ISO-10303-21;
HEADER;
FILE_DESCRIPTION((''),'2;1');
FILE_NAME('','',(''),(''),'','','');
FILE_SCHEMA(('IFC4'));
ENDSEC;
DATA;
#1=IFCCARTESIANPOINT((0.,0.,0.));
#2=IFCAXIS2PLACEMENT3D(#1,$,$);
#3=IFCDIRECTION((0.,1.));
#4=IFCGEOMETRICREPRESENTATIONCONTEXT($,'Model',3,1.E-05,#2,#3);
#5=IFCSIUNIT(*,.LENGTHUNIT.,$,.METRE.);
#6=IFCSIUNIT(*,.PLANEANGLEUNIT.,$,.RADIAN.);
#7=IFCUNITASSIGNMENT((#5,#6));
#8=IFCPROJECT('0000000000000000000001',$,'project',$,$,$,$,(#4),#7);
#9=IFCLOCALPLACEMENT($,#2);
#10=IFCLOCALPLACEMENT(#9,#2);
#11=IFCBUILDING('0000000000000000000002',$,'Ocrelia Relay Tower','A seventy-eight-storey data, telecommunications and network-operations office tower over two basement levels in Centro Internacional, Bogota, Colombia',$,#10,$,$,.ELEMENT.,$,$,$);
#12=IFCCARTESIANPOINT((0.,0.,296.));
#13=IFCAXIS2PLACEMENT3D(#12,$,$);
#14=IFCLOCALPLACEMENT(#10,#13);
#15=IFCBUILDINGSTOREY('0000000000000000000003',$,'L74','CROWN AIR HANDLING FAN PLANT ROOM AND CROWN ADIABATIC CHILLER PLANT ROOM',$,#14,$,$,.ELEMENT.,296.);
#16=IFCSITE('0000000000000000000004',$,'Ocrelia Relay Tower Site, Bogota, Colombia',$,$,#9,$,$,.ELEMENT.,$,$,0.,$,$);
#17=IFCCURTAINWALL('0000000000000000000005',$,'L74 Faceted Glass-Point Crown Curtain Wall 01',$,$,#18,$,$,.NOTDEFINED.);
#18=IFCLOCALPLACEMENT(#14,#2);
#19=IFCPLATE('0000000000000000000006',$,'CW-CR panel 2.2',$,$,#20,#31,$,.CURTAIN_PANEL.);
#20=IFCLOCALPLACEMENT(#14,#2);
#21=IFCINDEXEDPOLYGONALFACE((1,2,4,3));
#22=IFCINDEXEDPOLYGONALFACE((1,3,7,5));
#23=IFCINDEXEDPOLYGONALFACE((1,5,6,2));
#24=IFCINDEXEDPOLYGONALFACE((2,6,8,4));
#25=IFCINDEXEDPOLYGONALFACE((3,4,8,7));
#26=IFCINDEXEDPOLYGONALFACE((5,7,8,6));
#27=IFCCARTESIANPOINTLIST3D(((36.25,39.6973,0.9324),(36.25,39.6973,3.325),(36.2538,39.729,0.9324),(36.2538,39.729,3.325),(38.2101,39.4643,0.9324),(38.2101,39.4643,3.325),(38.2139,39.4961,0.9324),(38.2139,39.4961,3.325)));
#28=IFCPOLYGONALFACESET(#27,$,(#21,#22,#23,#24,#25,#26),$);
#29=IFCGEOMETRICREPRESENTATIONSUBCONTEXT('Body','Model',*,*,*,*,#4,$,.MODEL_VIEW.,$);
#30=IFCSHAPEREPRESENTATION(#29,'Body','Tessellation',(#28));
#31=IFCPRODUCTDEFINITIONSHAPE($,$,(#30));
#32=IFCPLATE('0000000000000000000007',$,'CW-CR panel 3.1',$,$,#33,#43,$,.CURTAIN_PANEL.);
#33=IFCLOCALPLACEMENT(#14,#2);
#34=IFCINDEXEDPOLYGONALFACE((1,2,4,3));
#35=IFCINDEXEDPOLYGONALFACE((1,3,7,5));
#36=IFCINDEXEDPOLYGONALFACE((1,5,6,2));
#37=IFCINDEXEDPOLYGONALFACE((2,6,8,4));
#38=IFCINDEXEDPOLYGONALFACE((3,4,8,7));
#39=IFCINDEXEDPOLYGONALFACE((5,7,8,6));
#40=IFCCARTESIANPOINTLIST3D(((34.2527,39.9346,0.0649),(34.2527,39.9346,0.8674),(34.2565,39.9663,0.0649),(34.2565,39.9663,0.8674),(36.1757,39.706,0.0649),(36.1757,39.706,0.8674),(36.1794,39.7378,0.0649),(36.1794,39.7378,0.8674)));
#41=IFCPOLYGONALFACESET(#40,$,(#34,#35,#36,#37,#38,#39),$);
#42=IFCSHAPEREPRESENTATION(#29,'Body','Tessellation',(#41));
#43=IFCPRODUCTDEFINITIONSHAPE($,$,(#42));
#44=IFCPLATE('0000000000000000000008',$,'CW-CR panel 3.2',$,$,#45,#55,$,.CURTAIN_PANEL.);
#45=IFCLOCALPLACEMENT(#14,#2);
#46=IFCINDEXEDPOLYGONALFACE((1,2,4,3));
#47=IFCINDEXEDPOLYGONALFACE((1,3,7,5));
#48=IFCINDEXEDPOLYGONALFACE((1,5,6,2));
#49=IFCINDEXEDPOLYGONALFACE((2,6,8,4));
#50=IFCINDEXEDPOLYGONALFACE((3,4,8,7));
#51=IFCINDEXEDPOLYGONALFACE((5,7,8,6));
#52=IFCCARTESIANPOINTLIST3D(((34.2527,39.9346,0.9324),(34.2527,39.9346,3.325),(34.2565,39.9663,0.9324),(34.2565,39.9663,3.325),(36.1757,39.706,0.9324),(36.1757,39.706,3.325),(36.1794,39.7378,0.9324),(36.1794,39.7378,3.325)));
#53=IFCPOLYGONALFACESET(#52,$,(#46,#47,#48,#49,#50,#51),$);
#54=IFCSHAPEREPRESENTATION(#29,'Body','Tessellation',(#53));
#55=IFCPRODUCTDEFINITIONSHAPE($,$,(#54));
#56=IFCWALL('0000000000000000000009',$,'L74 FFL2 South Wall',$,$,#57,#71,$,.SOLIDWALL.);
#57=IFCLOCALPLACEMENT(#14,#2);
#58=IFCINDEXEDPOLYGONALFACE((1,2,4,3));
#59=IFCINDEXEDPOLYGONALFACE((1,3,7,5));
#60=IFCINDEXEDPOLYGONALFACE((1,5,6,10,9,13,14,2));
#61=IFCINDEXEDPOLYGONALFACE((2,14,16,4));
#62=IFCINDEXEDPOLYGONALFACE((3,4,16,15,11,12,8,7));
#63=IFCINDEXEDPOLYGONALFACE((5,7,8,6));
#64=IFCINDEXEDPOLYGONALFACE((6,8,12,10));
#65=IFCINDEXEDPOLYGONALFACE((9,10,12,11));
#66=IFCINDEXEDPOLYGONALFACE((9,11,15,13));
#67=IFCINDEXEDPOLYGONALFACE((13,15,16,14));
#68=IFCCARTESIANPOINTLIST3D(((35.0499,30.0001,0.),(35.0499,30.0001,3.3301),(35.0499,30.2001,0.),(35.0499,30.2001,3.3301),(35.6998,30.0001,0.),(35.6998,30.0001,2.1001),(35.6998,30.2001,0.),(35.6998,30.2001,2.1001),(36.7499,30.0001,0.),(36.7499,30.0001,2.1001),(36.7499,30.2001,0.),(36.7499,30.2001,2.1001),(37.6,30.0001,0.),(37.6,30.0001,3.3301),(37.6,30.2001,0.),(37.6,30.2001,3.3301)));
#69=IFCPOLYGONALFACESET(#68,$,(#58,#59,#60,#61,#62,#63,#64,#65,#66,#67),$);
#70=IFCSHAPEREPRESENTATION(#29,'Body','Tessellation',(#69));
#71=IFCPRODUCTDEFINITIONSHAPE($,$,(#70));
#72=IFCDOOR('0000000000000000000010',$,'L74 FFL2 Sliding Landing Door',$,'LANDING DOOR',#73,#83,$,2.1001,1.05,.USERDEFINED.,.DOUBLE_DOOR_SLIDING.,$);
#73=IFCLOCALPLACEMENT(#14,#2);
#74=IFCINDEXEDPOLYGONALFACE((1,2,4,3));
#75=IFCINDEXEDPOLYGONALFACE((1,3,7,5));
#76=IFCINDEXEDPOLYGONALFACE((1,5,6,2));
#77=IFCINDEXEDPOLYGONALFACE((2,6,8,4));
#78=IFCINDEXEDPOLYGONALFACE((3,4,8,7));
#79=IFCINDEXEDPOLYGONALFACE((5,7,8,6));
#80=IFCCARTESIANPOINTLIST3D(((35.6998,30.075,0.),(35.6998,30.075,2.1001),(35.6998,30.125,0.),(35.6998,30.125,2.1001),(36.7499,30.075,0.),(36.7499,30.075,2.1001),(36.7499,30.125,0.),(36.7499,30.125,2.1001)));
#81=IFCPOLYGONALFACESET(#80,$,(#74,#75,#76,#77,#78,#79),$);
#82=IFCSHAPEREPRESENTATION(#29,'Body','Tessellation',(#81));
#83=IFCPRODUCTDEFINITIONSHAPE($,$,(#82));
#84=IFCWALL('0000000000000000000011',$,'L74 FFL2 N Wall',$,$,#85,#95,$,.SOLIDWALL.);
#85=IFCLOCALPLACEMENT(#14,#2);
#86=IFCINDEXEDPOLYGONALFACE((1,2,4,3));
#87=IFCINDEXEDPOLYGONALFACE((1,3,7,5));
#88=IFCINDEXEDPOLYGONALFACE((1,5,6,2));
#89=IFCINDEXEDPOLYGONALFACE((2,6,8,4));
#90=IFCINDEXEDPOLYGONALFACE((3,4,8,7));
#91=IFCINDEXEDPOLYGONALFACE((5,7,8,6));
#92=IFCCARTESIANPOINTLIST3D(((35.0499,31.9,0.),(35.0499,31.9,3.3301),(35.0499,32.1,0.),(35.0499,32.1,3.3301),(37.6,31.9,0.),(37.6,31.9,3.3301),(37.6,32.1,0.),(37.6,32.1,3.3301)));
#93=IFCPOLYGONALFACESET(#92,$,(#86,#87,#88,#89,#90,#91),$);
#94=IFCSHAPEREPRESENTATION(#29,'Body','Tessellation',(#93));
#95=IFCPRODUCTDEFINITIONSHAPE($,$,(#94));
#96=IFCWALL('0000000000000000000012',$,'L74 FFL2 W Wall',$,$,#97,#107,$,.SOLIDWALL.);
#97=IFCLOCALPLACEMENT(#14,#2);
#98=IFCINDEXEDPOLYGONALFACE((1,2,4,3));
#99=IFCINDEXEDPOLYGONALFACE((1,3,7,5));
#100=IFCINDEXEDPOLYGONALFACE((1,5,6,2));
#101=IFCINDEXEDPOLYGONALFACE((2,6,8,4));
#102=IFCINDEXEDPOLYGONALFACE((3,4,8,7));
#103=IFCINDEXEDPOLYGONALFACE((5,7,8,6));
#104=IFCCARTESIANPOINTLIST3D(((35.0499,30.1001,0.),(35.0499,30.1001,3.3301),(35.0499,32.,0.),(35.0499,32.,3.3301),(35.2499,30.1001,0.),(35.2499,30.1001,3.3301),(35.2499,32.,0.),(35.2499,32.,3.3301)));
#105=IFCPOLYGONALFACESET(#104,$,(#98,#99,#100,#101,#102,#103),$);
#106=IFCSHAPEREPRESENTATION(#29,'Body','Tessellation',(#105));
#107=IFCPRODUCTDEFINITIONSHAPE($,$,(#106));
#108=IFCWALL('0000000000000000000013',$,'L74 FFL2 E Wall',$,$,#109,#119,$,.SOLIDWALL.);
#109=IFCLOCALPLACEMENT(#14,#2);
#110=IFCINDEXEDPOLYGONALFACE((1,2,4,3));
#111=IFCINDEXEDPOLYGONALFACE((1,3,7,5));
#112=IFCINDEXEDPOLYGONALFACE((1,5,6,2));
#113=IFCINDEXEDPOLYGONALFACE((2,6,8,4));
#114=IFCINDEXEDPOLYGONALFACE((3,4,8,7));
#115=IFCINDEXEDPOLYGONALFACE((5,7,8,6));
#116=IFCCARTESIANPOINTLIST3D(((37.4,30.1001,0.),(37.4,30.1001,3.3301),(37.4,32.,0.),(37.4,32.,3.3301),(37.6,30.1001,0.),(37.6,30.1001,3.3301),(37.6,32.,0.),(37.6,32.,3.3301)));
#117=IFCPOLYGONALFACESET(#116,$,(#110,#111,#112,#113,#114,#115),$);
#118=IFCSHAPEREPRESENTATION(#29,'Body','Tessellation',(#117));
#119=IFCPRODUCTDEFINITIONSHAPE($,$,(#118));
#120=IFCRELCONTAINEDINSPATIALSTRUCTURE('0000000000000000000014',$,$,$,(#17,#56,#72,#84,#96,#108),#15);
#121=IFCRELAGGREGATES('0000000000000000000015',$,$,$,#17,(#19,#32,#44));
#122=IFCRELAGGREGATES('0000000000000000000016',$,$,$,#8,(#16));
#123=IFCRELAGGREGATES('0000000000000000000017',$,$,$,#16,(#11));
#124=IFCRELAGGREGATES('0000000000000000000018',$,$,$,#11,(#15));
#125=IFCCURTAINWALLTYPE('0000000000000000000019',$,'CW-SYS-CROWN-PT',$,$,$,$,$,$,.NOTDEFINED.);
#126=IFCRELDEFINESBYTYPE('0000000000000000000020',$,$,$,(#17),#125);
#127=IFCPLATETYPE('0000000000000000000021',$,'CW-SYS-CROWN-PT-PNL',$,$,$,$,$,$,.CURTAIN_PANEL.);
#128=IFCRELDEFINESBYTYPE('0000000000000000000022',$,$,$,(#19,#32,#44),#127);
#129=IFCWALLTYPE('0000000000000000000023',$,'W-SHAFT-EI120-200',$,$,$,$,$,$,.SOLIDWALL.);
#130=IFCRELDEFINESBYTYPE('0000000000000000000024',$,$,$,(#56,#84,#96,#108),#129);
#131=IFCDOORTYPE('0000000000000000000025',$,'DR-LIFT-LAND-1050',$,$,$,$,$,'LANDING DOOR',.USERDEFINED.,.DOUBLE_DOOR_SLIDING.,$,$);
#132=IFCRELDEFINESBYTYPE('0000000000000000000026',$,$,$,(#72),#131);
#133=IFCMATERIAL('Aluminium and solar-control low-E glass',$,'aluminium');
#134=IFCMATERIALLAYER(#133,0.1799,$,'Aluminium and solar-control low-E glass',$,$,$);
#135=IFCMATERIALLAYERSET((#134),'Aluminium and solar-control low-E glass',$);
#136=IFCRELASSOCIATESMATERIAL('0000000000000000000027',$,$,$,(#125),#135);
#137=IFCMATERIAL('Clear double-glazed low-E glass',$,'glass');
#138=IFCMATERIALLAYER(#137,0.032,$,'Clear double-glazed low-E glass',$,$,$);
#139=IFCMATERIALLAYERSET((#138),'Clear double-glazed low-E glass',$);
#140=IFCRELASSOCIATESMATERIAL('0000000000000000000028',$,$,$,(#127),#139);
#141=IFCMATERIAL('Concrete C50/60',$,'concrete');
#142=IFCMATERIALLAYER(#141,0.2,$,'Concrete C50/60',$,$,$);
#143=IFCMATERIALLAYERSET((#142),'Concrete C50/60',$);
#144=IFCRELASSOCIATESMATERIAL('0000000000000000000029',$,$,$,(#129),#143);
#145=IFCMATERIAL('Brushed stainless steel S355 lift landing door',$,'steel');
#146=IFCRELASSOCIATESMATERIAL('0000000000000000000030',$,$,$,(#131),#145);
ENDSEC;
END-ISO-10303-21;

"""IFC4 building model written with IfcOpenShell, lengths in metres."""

from ifc_helpers import new_model, si_unit, direction, frame, frame_2d, origin, origin_2d, place, context, subcontext, project, spatial, rectangle, extrude, material, layer, layer_set, type_object, element, fill, aggregate, save


model = new_model("IFC4")

# Units and contexts
model_context = context("Model", 3, precision=1e-05, world=origin(), true_north=direction((0.0, 1.0)))
body_context = subcontext(model_context, "Body", "Model", "MODEL_VIEW")
ifc_project = project(units=[si_unit("LENGTHUNIT", "METRE"), si_unit("PLANEANGLEUNIT", "RADIAN")], contexts=[model_context])

# Site, building, storey
site_placement = place(None, origin())
site = spatial("IfcSite", under=ifc_project, at=site_placement, Name="Ocrelia Relay Tower Site, Bogota, Colombia", CompositionType="ELEMENT", RefElevation=0.0)
building_placement = place(site_placement, origin())
building = spatial("IfcBuilding", under=site, at=building_placement, Name="Ocrelia Relay Tower", Description="A seventy-eight-storey data, telecommunications and network-operations office tower over two basement levels in Centro Internacional, Bogota, Colombia", CompositionType="ELEMENT")
storey_placement = place(building_placement, frame((0.0, 0.0, 296.0)))
storey = spatial("IfcBuildingStorey", under=building, at=storey_placement, Name="L74", Description="CROWN AIR HANDLING FAN PLANT ROOM AND CROWN ADIABATIC CHILLER PLANT ROOM", CompositionType="ELEMENT", Elevation=296.0)

# Curtain wall
ifc_material_1 = material(Name="Aluminium and solar-control low-E glass", Category="aluminium")
ifc_layer_1 = layer(ifc_material_1, 0.1799, Name="Aluminium and solar-control low-E glass")
ifc_layer_set_1 = layer_set([ifc_layer_1], Name="Aluminium and solar-control low-E glass")
curtain_wall_type = type_object("IfcCurtainWallType", Name="CW-SYS-CROWN-PT", PredefinedType="NOTDEFINED", material=ifc_layer_set_1)
curtain_wall_1_placement = place(storey_placement, origin())
curtain_wall_1 = element("IfcCurtainWall", 1, at=curtain_wall_1_placement, inside=storey, type_object=curtain_wall_type, Name="L74 Faceted Glass-Point Crown Curtain Wall 01", PredefinedType="NOTDEFINED")

# Plates
ifc_material_2 = material(Name="Clear double-glazed low-E glass", Category="glass")
ifc_layer_2 = layer(ifc_material_2, 0.032, Name="Clear double-glazed low-E glass")
ifc_layer_set_2 = layer_set([ifc_layer_2], Name="Clear double-glazed low-E glass")
plate_type = type_object("IfcPlateType", Name="CW-SYS-CROWN-PT-PNL", PredefinedType="CURTAIN_PANEL", material=ifc_layer_set_2)
plate_1_placement = place(storey_placement, frame((37.2319, 39.5967, 0.9324), z_axis=(0.0, 0.0, 1.0), x_axis=(-0.99301, 0.11803, 0.0)))
plate_1 = element("IfcPlate", 2, at=plate_1_placement, type_object=plate_type, Name="CW-CR panel 2.2", PredefinedType="CURTAIN_PANEL", context=body_context, shape_type="SweptSolid", body=[
    extrude(rectangle(XDim=1.9739, YDim=0.032, at=origin_2d()), origin(), (0.0, 0.0, 1.0), 2.3926),
])
plate_2_placement = place(storey_placement, frame((35.2161, 39.8362, 0.0649), z_axis=(0.0, 0.0, 1.0), x_axis=(-0.99301, 0.11803, 0.0)))
plate_2 = element("IfcPlate", 3, at=plate_2_placement, type_object=plate_type, Name="CW-CR panel 3.1", PredefinedType="CURTAIN_PANEL", context=body_context, shape_type="SweptSolid", body=[
    extrude(rectangle(XDim=1.9365, YDim=0.032, at=origin_2d()), origin(), (0.0, 0.0, 1.0), 0.8025),
])
plate_3_placement = place(storey_placement, frame((35.2161, 39.8362, 0.9324), z_axis=(0.0, 0.0, 1.0), x_axis=(-0.99301, 0.11803, 0.0)))
plate_3 = element("IfcPlate", 4, at=plate_3_placement, type_object=plate_type, Name="CW-CR panel 3.2", PredefinedType="CURTAIN_PANEL", context=body_context, shape_type="SweptSolid", body=[
    extrude(rectangle(XDim=1.9365, YDim=0.032, at=origin_2d()), origin(), (0.0, 0.0, 1.0), 2.3926),
])
aggregate(curtain_wall_1, [plate_1, plate_2, plate_3])

# Wall, opening, door
ifc_material_3 = material(Name="Concrete C50/60", Category="concrete")
ifc_layer_3 = layer(ifc_material_3, 0.2, Name="Concrete C50/60")
ifc_layer_set_3 = layer_set([ifc_layer_3], Name="Concrete C50/60")
wall_type = type_object("IfcWallType", Name="W-SHAFT-EI120-200", PredefinedType="SOLIDWALL", material=ifc_layer_set_3)
wall_1_placement = place(storey_placement, frame((35.05, 30.1001, 0.0), z_axis=(0.0, 0.0, 1.0), x_axis=(1.0, 0.0, 0.0)))
wall_1 = element("IfcWall", 5, at=wall_1_placement, inside=storey, type_object=wall_type, Name="L74 FFL2 South Wall", PredefinedType="SOLIDWALL", context=body_context, shape_type="SweptSolid", body=[
    extrude(rectangle(XDim=2.55, YDim=0.2, at=frame_2d((1.2749, 0.0))), origin(), (0.0, 0.0, 1.0), 3.3301),
])
opening_placement = place(wall_1_placement, frame((0.6499, 0.0, 0.0)))
opening = element("IfcOpeningElement", 6, at=opening_placement, cuts=wall_1, PredefinedType="OPENING", context=body_context, shape_type="SweptSolid", body=[
    extrude(rectangle(XDim=1.05, YDim=2.1001, at=frame_2d((0.5249, 1.05))), frame((0.0, 0.1099, 0.0), z_axis=(0.0, -1.0, 0.0), x_axis=(1.0, 0.0, 0.0)), (0.0, 0.0, 1.0), 0.22),
])
ifc_material_4 = material(Name="Brushed stainless steel S355 lift landing door", Category="steel")
door_type = type_object("IfcDoorType", Name="DR-LIFT-LAND-1050", ElementType="LANDING DOOR", OperationType="DOUBLE_DOOR_SLIDING", PredefinedType="USERDEFINED", material=ifc_material_4)
door_placement = place(opening_placement, origin())
door = element("IfcDoor", 7, at=door_placement, inside=storey, type_object=door_type, Name="L74 FFL2 Sliding Landing Door", ObjectType="LANDING DOOR", OperationType="DOUBLE_DOOR_SLIDING", OverallHeight=2.1001, OverallWidth=1.05, PredefinedType="USERDEFINED", context=body_context, shape_type="SweptSolid", body=[
    extrude(rectangle(XDim=1.05, YDim=2.1001, at=frame_2d((0.5249, 1.05))), frame((0.0, 0.0249, 0.0), z_axis=(0.0, -1.0, 0.0), x_axis=(1.0, 0.0, 0.0)), (0.0, 0.0, 1.0), 0.05),
])
fill(opening, door)

# Walls
wall_2_placement = place(storey_placement, frame((35.05, 32.0, 0.0), z_axis=(0.0, 0.0, 1.0), x_axis=(1.0, 0.0, 0.0)))
element("IfcWall", 8, at=wall_2_placement, inside=storey, type_object=wall_type, Name="L74 FFL2 N Wall", PredefinedType="SOLIDWALL", context=body_context, shape_type="SweptSolid", body=[
    extrude(rectangle(XDim=2.55, YDim=0.2, at=frame_2d((1.2749, 0.0))), origin(), (0.0, 0.0, 1.0), 3.3301),
])
for number, where, z_axis, x_axis, name in (
    (9, (35.1499, 30.1001, 0.0), (0.0, 0.0, 1.0), (0.0, 1.0, 0.0), "L74 FFL2 W Wall"),
    (10, (37.5, 30.1001, 0.0), (0.0, 0.0, 1.0), (0.0, 1.0, 0.0), "L74 FFL2 E Wall"),
):
    element("IfcWall", number, at=place(storey_placement, frame(where, z_axis=z_axis, x_axis=x_axis)), inside=storey, type_object=wall_type, Name=name, PredefinedType="SOLIDWALL", context=body_context, shape_type="SweptSolid", body=[
        extrude(rectangle(XDim=1.8999, YDim=0.2, at=frame_2d((0.95, 0.0))), origin(), (0.0, 0.0, 1.0), 3.3301),
    ])

save(model, "model.ifc")
